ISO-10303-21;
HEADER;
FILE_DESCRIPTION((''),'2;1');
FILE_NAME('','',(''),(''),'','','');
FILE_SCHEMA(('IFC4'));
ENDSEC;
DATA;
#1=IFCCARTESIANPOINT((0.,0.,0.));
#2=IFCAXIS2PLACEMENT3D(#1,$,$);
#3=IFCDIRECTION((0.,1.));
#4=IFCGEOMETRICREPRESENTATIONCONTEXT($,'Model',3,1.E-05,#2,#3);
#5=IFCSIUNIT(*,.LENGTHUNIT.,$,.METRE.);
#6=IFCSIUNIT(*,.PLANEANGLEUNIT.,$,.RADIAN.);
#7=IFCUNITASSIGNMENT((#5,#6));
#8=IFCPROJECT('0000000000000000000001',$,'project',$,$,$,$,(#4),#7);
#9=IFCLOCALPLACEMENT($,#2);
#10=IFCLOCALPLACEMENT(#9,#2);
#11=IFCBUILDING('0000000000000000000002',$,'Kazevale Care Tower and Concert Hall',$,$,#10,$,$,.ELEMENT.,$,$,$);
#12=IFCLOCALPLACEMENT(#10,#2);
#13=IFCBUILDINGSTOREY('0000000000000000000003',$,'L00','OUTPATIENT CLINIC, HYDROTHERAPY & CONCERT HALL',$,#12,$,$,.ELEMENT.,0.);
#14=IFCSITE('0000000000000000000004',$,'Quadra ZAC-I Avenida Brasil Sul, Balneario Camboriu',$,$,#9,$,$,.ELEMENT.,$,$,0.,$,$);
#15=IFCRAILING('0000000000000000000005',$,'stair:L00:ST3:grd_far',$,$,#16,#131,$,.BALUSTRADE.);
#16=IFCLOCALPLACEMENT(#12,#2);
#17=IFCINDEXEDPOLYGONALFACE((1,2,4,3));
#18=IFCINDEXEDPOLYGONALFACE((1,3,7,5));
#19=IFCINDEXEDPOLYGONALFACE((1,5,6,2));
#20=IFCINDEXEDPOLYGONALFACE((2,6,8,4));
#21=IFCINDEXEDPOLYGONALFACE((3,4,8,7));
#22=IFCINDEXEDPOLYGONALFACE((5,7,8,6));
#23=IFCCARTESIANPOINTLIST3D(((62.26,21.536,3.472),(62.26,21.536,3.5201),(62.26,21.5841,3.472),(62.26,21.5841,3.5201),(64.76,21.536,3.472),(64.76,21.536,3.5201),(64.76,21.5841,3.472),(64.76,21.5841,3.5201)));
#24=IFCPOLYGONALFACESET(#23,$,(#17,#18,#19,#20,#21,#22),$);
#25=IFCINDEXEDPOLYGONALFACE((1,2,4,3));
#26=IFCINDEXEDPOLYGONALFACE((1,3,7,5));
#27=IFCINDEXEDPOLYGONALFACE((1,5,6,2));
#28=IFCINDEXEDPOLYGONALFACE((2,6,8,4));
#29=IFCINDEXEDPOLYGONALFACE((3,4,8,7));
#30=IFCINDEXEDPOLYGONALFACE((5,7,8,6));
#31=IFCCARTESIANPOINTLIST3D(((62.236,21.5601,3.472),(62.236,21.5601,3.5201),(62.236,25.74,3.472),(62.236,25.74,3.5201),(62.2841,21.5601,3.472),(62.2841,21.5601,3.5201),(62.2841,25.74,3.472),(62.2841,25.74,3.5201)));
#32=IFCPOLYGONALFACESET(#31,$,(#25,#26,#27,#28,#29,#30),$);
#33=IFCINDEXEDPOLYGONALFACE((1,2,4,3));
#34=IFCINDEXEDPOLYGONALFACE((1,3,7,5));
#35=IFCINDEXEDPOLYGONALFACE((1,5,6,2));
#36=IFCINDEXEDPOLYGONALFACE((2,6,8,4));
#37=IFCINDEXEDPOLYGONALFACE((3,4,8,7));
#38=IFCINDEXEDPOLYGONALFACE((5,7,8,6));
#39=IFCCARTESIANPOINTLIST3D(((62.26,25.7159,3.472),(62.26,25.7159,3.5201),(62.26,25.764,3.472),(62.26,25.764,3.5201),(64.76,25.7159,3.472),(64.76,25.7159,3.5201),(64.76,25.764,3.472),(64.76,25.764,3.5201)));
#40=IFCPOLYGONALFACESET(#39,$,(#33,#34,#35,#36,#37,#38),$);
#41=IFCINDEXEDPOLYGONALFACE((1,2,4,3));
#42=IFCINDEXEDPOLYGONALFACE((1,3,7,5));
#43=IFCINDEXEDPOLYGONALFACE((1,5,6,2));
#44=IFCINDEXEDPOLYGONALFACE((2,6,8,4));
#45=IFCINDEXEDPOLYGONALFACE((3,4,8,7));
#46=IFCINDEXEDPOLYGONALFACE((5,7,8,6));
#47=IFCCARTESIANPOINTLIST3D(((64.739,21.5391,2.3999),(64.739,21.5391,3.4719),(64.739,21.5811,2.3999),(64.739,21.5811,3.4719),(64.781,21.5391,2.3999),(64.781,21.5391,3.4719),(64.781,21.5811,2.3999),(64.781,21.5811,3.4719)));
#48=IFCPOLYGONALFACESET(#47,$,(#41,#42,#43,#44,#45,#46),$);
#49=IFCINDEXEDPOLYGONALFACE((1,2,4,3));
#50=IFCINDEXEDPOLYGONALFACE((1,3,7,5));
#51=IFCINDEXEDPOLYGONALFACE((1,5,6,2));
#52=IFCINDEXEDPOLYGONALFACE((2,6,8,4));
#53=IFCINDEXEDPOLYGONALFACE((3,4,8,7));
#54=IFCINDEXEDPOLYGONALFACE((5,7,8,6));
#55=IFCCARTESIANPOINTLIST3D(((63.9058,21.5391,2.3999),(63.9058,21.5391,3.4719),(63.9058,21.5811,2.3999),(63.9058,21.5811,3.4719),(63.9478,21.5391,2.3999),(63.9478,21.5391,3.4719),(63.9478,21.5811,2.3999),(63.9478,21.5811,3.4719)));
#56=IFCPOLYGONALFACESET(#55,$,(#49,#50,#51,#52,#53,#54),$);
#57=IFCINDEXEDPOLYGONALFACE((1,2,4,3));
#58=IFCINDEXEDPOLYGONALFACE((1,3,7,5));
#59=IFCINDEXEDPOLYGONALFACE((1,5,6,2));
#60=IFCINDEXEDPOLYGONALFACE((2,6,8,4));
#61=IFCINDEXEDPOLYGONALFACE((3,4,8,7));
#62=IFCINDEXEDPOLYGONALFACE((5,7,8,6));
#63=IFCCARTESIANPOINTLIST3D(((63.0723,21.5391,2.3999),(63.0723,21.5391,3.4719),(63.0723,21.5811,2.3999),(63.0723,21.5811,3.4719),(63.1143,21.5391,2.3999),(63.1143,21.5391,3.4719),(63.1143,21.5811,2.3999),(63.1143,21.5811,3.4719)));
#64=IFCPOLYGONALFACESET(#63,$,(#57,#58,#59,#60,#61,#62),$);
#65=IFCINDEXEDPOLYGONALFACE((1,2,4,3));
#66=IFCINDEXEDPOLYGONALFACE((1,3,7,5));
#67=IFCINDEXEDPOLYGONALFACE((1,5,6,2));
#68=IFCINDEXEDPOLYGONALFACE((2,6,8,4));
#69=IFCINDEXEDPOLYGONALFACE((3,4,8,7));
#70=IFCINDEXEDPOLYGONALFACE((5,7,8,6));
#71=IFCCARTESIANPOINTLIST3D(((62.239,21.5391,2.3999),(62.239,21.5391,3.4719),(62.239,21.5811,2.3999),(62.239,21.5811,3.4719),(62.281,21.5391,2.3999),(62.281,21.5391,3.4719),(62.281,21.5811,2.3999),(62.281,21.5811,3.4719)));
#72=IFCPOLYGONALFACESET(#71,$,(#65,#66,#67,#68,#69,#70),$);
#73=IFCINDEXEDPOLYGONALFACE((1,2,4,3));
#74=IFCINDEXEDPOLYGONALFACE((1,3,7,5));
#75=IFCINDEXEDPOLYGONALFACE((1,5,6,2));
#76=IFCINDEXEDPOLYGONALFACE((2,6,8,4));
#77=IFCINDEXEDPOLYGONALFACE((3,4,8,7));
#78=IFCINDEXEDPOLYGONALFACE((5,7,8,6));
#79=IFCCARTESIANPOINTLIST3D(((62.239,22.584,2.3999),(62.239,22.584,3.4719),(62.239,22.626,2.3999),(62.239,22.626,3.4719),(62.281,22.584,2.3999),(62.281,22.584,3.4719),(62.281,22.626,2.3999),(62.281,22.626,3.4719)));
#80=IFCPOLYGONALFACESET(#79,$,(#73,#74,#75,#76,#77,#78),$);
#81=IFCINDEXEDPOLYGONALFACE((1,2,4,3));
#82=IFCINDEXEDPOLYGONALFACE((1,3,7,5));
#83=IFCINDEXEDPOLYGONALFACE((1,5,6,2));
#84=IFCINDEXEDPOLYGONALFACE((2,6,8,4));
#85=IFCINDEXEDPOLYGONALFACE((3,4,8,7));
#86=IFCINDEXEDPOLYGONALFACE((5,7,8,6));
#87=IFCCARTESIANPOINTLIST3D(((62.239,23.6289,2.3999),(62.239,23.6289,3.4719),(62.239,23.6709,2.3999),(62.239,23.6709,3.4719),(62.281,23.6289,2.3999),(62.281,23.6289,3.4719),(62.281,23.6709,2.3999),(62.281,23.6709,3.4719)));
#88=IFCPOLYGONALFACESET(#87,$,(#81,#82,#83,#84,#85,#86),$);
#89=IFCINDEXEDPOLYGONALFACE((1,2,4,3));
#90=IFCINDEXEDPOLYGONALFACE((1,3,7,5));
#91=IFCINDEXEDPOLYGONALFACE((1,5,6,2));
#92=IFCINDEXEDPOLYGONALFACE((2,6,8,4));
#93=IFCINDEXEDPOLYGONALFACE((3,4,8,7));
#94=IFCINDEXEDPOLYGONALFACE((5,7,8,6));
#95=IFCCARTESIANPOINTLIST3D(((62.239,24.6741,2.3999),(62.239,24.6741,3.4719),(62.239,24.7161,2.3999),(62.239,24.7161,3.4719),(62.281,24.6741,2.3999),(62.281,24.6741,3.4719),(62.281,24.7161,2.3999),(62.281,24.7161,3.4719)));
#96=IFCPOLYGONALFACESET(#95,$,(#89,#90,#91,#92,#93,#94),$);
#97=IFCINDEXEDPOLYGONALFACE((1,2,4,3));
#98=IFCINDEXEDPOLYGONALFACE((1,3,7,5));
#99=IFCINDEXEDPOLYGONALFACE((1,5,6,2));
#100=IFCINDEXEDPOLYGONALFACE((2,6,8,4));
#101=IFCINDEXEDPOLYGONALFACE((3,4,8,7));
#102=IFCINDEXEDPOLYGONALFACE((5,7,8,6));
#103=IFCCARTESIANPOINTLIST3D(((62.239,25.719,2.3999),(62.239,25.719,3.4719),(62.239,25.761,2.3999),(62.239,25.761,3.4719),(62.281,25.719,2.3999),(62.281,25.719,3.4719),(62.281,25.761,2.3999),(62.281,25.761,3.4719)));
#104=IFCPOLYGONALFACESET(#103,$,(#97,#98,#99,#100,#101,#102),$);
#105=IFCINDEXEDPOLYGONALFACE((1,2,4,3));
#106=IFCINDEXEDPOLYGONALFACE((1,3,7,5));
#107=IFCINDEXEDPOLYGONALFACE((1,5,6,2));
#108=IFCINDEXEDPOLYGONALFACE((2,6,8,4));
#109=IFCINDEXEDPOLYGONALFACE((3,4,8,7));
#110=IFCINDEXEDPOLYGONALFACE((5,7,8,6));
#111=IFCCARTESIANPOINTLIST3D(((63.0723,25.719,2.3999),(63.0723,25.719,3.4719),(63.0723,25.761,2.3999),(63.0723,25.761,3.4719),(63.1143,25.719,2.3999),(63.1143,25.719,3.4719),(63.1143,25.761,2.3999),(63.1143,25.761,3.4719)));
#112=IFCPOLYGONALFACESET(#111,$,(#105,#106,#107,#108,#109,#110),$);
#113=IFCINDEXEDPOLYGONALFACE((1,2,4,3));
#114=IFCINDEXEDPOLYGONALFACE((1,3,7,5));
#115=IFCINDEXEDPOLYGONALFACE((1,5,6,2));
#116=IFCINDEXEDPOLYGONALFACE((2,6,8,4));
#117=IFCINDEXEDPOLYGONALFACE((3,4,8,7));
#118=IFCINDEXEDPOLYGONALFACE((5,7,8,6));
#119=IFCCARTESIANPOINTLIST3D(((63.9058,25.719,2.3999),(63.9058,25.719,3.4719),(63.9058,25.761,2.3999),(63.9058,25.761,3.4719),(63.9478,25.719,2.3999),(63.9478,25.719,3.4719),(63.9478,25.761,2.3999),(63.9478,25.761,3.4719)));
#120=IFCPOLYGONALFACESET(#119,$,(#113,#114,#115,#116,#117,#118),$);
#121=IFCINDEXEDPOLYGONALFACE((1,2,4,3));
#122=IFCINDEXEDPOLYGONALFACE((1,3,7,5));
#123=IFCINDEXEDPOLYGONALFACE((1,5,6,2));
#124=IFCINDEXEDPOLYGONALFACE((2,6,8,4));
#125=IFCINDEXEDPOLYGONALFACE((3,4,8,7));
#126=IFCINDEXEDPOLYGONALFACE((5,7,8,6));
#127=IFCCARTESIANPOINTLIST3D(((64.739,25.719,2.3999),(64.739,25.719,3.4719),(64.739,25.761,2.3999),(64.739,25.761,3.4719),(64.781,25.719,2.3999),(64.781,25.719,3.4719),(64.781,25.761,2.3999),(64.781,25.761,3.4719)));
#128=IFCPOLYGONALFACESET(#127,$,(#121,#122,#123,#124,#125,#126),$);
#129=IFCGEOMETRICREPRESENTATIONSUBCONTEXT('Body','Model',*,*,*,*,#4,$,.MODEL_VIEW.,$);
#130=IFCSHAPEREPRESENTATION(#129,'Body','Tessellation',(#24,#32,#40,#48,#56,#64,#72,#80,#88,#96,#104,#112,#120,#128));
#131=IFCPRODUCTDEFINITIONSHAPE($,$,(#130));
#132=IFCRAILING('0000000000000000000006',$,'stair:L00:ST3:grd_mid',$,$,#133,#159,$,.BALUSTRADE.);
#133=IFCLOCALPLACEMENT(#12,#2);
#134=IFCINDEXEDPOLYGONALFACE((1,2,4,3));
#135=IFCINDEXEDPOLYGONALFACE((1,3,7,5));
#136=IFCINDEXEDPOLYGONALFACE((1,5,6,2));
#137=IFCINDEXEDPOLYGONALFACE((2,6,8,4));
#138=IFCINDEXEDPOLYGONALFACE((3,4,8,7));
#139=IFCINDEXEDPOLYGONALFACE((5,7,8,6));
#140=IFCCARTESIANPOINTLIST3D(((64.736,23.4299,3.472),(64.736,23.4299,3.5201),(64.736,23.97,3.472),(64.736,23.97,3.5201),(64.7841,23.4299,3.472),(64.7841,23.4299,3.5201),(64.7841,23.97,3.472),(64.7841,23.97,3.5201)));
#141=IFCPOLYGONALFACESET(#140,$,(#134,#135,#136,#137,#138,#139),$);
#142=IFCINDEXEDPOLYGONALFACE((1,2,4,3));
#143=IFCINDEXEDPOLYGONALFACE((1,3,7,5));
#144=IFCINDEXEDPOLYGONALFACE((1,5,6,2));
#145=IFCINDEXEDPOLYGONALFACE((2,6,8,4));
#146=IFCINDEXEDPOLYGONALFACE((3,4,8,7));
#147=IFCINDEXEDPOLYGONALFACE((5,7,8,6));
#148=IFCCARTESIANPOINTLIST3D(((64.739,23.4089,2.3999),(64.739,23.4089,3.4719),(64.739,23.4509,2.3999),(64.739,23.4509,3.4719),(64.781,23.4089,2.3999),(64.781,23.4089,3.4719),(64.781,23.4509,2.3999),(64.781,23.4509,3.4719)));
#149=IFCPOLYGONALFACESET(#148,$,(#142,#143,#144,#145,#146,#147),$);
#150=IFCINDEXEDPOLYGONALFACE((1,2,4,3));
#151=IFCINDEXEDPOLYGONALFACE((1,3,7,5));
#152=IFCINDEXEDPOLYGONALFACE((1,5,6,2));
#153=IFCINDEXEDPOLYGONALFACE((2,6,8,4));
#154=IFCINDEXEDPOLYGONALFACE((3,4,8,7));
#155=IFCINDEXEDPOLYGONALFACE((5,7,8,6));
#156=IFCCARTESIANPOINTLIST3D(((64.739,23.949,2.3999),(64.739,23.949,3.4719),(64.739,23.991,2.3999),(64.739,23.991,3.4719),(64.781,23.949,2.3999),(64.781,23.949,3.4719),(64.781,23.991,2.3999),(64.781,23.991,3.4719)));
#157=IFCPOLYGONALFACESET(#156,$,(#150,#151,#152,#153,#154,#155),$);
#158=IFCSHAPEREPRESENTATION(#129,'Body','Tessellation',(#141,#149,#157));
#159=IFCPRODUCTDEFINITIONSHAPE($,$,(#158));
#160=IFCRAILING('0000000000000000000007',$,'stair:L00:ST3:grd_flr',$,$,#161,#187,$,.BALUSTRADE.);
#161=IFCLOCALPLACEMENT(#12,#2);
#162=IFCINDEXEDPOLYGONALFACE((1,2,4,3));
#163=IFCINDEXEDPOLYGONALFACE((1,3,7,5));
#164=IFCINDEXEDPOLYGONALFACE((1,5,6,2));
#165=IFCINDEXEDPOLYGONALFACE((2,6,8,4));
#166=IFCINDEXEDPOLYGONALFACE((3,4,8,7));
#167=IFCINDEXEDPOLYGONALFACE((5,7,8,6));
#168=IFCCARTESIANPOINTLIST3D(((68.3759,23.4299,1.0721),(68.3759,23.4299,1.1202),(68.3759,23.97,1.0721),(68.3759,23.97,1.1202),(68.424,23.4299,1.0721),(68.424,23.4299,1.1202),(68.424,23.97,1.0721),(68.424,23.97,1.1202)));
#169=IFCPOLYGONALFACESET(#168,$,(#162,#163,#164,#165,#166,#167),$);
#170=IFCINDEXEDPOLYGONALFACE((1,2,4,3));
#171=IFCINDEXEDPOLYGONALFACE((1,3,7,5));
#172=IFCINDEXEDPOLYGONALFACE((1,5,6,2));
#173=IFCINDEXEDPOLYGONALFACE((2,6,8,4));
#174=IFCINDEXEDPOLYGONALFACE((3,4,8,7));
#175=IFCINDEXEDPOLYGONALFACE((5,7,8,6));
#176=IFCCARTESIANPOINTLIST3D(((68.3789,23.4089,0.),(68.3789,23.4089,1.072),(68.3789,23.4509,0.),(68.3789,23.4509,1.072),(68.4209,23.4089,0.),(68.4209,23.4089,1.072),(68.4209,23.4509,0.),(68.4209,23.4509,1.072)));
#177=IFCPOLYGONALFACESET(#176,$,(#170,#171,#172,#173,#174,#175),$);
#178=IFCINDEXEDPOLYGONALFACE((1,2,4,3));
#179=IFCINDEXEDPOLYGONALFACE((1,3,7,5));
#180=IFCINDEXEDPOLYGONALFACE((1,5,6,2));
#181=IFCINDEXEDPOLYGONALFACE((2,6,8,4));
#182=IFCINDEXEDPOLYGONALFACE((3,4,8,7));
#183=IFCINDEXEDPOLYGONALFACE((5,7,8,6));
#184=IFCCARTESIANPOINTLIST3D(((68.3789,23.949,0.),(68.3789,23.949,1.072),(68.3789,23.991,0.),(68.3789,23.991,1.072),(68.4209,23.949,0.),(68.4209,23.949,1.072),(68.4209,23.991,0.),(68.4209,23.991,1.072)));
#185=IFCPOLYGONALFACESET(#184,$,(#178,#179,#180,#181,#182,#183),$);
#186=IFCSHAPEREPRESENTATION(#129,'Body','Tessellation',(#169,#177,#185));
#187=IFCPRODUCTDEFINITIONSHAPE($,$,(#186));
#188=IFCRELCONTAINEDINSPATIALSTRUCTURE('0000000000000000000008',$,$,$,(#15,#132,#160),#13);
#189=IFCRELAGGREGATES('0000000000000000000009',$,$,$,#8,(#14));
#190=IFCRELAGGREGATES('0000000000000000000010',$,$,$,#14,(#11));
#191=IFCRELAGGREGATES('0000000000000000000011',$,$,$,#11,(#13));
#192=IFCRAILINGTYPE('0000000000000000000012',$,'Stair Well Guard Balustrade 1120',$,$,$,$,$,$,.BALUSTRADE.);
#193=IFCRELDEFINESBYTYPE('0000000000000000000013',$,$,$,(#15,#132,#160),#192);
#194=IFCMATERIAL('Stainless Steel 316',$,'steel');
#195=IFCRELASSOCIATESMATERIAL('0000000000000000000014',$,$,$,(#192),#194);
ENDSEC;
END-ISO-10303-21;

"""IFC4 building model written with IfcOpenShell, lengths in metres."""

from ifc_helpers import new_model, si_unit, direction, frame, origin, origin_2d, place, context, subcontext, project, spatial, rectangle, extrude, material, type_object, element, save


model = new_model("IFC4")

# Units and contexts
model_context = context("Model", 3, precision=1e-05, world=origin(), true_north=direction((0.0, 1.0)))
body_context = subcontext(model_context, "Body", "Model", "MODEL_VIEW")
ifc_project = project(units=[si_unit("LENGTHUNIT", "METRE"), si_unit("PLANEANGLEUNIT", "RADIAN")], contexts=[model_context])

# Site, building, storey
site_placement = place(None, origin())
site = spatial("IfcSite", under=ifc_project, at=site_placement, Name="Quadra ZAC-I Avenida Brasil Sul, Balneario Camboriu", CompositionType="ELEMENT", RefElevation=0.0)
building_placement = place(site_placement, origin())
building = spatial("IfcBuilding", under=site, at=building_placement, Name="Kazevale Care Tower and Concert Hall", CompositionType="ELEMENT")
storey_placement = place(building_placement, origin())
storey = spatial("IfcBuildingStorey", under=building, at=storey_placement, Name="L00", Description="OUTPATIENT CLINIC, HYDROTHERAPY & CONCERT HALL", CompositionType="ELEMENT", Elevation=0.0)

# Railings
ifc_material_1 = material(Name="Stainless Steel 316", Category="steel")
railing_type_1 = type_object("IfcRailingType", Name="Stair Well Guard Balustrade 1120", PredefinedType="BALUSTRADE", material=ifc_material_1)
railing_1_placement = place(storey_placement, frame((64.76, 21.5601, 2.3999)))
element("IfcRailing", 1, at=railing_1_placement, inside=storey, type_object=railing_type_1, Name="stair:L00:ST3:grd_far", PredefinedType="BALUSTRADE", context=body_context, shape_type="SweptSolid", body=[
    extrude(rectangle(XDim=0.0481, YDim=0.0481, at=origin_2d()), frame((0.0, 0.0, 1.0962), z_axis=(-1.0, 0.0, 0.0), x_axis=(0.0, -1.0, 0.0)), (0.0, 0.0, 1.0), 2.5),
    extrude(rectangle(XDim=0.0481, YDim=0.0481, at=origin_2d()), frame((-2.5, 0.0, 1.0962), z_axis=(0.0, 1.0, 0.0), x_axis=(-1.0, 0.0, 0.0)), (0.0, 0.0, 1.0), 4.1799),
    extrude(rectangle(XDim=0.0481, YDim=0.0481, at=origin_2d()), frame((-2.5, 4.1799, 1.0962), z_axis=(1.0, 0.0, 0.0), x_axis=(0.0, 1.0, 0.0)), (0.0, 0.0, 1.0), 2.5),
    extrude(rectangle(XDim=0.042, YDim=0.042, at=origin_2d()), origin(), (0.0, 0.0, 1.0), 1.072),
    extrude(rectangle(XDim=0.042, YDim=0.042, at=origin_2d()), frame((-0.8333, 0.0, 0.0)), (0.0, 0.0, 1.0), 1.072),
    extrude(rectangle(XDim=0.042, YDim=0.042, at=origin_2d()), frame((-1.6667, 0.0, 0.0)), (0.0, 0.0, 1.0), 1.072),
    extrude(rectangle(XDim=0.042, YDim=0.042, at=origin_2d()), frame((-2.5, 0.0, 0.0)), (0.0, 0.0, 1.0), 1.072),
    extrude(rectangle(XDim=0.042, YDim=0.042, at=origin_2d()), frame((-2.5, 1.0449, 0.0)), (0.0, 0.0, 1.0), 1.072),
    extrude(rectangle(XDim=0.042, YDim=0.042, at=origin_2d()), frame((-2.5, 2.0898, 0.0)), (0.0, 0.0, 1.0), 1.072),
    extrude(rectangle(XDim=0.042, YDim=0.042, at=origin_2d()), frame((-2.5, 3.135, 0.0)), (0.0, 0.0, 1.0), 1.072),
    extrude(rectangle(XDim=0.042, YDim=0.042, at=origin_2d()), frame((-2.5, 4.1799, 0.0)), (0.0, 0.0, 1.0), 1.072),
    extrude(rectangle(XDim=0.042, YDim=0.042, at=origin_2d()), frame((-1.6667, 4.1799, 0.0)), (0.0, 0.0, 1.0), 1.072),
    extrude(rectangle(XDim=0.042, YDim=0.042, at=origin_2d()), frame((-0.8333, 4.1799, 0.0)), (0.0, 0.0, 1.0), 1.072),
    extrude(rectangle(XDim=0.042, YDim=0.042, at=origin_2d()), frame((0.0, 4.1799, 0.0)), (0.0, 0.0, 1.0), 1.072),
])
for number, where, name in (
    (2, (64.76, 23.4299, 2.3999), "stair:L00:ST3:grd_mid"),
    (3, (68.3999, 23.4299, 0.0), "stair:L00:ST3:grd_flr"),
):
    element("IfcRailing", number, at=place(storey_placement, frame(where)), inside=storey, type_object=railing_type_1, Name=name, PredefinedType="BALUSTRADE", context=body_context, shape_type="SweptSolid", body=[
        extrude(rectangle(XDim=0.0481, YDim=0.0481, at=origin_2d()), frame((0.0, 0.0, 1.0962), z_axis=(0.0, 1.0, 0.0), x_axis=(-1.0, 0.0, 0.0)), (0.0, 0.0, 1.0), 0.54),
        extrude(rectangle(XDim=0.042, YDim=0.042, at=origin_2d()), origin(), (0.0, 0.0, 1.0), 1.072),
        extrude(rectangle(XDim=0.042, YDim=0.042, at=origin_2d()), frame((0.0, 0.54, 0.0)), (0.0, 0.0, 1.0), 1.072),
    ])

save(model, "model.ifc")
